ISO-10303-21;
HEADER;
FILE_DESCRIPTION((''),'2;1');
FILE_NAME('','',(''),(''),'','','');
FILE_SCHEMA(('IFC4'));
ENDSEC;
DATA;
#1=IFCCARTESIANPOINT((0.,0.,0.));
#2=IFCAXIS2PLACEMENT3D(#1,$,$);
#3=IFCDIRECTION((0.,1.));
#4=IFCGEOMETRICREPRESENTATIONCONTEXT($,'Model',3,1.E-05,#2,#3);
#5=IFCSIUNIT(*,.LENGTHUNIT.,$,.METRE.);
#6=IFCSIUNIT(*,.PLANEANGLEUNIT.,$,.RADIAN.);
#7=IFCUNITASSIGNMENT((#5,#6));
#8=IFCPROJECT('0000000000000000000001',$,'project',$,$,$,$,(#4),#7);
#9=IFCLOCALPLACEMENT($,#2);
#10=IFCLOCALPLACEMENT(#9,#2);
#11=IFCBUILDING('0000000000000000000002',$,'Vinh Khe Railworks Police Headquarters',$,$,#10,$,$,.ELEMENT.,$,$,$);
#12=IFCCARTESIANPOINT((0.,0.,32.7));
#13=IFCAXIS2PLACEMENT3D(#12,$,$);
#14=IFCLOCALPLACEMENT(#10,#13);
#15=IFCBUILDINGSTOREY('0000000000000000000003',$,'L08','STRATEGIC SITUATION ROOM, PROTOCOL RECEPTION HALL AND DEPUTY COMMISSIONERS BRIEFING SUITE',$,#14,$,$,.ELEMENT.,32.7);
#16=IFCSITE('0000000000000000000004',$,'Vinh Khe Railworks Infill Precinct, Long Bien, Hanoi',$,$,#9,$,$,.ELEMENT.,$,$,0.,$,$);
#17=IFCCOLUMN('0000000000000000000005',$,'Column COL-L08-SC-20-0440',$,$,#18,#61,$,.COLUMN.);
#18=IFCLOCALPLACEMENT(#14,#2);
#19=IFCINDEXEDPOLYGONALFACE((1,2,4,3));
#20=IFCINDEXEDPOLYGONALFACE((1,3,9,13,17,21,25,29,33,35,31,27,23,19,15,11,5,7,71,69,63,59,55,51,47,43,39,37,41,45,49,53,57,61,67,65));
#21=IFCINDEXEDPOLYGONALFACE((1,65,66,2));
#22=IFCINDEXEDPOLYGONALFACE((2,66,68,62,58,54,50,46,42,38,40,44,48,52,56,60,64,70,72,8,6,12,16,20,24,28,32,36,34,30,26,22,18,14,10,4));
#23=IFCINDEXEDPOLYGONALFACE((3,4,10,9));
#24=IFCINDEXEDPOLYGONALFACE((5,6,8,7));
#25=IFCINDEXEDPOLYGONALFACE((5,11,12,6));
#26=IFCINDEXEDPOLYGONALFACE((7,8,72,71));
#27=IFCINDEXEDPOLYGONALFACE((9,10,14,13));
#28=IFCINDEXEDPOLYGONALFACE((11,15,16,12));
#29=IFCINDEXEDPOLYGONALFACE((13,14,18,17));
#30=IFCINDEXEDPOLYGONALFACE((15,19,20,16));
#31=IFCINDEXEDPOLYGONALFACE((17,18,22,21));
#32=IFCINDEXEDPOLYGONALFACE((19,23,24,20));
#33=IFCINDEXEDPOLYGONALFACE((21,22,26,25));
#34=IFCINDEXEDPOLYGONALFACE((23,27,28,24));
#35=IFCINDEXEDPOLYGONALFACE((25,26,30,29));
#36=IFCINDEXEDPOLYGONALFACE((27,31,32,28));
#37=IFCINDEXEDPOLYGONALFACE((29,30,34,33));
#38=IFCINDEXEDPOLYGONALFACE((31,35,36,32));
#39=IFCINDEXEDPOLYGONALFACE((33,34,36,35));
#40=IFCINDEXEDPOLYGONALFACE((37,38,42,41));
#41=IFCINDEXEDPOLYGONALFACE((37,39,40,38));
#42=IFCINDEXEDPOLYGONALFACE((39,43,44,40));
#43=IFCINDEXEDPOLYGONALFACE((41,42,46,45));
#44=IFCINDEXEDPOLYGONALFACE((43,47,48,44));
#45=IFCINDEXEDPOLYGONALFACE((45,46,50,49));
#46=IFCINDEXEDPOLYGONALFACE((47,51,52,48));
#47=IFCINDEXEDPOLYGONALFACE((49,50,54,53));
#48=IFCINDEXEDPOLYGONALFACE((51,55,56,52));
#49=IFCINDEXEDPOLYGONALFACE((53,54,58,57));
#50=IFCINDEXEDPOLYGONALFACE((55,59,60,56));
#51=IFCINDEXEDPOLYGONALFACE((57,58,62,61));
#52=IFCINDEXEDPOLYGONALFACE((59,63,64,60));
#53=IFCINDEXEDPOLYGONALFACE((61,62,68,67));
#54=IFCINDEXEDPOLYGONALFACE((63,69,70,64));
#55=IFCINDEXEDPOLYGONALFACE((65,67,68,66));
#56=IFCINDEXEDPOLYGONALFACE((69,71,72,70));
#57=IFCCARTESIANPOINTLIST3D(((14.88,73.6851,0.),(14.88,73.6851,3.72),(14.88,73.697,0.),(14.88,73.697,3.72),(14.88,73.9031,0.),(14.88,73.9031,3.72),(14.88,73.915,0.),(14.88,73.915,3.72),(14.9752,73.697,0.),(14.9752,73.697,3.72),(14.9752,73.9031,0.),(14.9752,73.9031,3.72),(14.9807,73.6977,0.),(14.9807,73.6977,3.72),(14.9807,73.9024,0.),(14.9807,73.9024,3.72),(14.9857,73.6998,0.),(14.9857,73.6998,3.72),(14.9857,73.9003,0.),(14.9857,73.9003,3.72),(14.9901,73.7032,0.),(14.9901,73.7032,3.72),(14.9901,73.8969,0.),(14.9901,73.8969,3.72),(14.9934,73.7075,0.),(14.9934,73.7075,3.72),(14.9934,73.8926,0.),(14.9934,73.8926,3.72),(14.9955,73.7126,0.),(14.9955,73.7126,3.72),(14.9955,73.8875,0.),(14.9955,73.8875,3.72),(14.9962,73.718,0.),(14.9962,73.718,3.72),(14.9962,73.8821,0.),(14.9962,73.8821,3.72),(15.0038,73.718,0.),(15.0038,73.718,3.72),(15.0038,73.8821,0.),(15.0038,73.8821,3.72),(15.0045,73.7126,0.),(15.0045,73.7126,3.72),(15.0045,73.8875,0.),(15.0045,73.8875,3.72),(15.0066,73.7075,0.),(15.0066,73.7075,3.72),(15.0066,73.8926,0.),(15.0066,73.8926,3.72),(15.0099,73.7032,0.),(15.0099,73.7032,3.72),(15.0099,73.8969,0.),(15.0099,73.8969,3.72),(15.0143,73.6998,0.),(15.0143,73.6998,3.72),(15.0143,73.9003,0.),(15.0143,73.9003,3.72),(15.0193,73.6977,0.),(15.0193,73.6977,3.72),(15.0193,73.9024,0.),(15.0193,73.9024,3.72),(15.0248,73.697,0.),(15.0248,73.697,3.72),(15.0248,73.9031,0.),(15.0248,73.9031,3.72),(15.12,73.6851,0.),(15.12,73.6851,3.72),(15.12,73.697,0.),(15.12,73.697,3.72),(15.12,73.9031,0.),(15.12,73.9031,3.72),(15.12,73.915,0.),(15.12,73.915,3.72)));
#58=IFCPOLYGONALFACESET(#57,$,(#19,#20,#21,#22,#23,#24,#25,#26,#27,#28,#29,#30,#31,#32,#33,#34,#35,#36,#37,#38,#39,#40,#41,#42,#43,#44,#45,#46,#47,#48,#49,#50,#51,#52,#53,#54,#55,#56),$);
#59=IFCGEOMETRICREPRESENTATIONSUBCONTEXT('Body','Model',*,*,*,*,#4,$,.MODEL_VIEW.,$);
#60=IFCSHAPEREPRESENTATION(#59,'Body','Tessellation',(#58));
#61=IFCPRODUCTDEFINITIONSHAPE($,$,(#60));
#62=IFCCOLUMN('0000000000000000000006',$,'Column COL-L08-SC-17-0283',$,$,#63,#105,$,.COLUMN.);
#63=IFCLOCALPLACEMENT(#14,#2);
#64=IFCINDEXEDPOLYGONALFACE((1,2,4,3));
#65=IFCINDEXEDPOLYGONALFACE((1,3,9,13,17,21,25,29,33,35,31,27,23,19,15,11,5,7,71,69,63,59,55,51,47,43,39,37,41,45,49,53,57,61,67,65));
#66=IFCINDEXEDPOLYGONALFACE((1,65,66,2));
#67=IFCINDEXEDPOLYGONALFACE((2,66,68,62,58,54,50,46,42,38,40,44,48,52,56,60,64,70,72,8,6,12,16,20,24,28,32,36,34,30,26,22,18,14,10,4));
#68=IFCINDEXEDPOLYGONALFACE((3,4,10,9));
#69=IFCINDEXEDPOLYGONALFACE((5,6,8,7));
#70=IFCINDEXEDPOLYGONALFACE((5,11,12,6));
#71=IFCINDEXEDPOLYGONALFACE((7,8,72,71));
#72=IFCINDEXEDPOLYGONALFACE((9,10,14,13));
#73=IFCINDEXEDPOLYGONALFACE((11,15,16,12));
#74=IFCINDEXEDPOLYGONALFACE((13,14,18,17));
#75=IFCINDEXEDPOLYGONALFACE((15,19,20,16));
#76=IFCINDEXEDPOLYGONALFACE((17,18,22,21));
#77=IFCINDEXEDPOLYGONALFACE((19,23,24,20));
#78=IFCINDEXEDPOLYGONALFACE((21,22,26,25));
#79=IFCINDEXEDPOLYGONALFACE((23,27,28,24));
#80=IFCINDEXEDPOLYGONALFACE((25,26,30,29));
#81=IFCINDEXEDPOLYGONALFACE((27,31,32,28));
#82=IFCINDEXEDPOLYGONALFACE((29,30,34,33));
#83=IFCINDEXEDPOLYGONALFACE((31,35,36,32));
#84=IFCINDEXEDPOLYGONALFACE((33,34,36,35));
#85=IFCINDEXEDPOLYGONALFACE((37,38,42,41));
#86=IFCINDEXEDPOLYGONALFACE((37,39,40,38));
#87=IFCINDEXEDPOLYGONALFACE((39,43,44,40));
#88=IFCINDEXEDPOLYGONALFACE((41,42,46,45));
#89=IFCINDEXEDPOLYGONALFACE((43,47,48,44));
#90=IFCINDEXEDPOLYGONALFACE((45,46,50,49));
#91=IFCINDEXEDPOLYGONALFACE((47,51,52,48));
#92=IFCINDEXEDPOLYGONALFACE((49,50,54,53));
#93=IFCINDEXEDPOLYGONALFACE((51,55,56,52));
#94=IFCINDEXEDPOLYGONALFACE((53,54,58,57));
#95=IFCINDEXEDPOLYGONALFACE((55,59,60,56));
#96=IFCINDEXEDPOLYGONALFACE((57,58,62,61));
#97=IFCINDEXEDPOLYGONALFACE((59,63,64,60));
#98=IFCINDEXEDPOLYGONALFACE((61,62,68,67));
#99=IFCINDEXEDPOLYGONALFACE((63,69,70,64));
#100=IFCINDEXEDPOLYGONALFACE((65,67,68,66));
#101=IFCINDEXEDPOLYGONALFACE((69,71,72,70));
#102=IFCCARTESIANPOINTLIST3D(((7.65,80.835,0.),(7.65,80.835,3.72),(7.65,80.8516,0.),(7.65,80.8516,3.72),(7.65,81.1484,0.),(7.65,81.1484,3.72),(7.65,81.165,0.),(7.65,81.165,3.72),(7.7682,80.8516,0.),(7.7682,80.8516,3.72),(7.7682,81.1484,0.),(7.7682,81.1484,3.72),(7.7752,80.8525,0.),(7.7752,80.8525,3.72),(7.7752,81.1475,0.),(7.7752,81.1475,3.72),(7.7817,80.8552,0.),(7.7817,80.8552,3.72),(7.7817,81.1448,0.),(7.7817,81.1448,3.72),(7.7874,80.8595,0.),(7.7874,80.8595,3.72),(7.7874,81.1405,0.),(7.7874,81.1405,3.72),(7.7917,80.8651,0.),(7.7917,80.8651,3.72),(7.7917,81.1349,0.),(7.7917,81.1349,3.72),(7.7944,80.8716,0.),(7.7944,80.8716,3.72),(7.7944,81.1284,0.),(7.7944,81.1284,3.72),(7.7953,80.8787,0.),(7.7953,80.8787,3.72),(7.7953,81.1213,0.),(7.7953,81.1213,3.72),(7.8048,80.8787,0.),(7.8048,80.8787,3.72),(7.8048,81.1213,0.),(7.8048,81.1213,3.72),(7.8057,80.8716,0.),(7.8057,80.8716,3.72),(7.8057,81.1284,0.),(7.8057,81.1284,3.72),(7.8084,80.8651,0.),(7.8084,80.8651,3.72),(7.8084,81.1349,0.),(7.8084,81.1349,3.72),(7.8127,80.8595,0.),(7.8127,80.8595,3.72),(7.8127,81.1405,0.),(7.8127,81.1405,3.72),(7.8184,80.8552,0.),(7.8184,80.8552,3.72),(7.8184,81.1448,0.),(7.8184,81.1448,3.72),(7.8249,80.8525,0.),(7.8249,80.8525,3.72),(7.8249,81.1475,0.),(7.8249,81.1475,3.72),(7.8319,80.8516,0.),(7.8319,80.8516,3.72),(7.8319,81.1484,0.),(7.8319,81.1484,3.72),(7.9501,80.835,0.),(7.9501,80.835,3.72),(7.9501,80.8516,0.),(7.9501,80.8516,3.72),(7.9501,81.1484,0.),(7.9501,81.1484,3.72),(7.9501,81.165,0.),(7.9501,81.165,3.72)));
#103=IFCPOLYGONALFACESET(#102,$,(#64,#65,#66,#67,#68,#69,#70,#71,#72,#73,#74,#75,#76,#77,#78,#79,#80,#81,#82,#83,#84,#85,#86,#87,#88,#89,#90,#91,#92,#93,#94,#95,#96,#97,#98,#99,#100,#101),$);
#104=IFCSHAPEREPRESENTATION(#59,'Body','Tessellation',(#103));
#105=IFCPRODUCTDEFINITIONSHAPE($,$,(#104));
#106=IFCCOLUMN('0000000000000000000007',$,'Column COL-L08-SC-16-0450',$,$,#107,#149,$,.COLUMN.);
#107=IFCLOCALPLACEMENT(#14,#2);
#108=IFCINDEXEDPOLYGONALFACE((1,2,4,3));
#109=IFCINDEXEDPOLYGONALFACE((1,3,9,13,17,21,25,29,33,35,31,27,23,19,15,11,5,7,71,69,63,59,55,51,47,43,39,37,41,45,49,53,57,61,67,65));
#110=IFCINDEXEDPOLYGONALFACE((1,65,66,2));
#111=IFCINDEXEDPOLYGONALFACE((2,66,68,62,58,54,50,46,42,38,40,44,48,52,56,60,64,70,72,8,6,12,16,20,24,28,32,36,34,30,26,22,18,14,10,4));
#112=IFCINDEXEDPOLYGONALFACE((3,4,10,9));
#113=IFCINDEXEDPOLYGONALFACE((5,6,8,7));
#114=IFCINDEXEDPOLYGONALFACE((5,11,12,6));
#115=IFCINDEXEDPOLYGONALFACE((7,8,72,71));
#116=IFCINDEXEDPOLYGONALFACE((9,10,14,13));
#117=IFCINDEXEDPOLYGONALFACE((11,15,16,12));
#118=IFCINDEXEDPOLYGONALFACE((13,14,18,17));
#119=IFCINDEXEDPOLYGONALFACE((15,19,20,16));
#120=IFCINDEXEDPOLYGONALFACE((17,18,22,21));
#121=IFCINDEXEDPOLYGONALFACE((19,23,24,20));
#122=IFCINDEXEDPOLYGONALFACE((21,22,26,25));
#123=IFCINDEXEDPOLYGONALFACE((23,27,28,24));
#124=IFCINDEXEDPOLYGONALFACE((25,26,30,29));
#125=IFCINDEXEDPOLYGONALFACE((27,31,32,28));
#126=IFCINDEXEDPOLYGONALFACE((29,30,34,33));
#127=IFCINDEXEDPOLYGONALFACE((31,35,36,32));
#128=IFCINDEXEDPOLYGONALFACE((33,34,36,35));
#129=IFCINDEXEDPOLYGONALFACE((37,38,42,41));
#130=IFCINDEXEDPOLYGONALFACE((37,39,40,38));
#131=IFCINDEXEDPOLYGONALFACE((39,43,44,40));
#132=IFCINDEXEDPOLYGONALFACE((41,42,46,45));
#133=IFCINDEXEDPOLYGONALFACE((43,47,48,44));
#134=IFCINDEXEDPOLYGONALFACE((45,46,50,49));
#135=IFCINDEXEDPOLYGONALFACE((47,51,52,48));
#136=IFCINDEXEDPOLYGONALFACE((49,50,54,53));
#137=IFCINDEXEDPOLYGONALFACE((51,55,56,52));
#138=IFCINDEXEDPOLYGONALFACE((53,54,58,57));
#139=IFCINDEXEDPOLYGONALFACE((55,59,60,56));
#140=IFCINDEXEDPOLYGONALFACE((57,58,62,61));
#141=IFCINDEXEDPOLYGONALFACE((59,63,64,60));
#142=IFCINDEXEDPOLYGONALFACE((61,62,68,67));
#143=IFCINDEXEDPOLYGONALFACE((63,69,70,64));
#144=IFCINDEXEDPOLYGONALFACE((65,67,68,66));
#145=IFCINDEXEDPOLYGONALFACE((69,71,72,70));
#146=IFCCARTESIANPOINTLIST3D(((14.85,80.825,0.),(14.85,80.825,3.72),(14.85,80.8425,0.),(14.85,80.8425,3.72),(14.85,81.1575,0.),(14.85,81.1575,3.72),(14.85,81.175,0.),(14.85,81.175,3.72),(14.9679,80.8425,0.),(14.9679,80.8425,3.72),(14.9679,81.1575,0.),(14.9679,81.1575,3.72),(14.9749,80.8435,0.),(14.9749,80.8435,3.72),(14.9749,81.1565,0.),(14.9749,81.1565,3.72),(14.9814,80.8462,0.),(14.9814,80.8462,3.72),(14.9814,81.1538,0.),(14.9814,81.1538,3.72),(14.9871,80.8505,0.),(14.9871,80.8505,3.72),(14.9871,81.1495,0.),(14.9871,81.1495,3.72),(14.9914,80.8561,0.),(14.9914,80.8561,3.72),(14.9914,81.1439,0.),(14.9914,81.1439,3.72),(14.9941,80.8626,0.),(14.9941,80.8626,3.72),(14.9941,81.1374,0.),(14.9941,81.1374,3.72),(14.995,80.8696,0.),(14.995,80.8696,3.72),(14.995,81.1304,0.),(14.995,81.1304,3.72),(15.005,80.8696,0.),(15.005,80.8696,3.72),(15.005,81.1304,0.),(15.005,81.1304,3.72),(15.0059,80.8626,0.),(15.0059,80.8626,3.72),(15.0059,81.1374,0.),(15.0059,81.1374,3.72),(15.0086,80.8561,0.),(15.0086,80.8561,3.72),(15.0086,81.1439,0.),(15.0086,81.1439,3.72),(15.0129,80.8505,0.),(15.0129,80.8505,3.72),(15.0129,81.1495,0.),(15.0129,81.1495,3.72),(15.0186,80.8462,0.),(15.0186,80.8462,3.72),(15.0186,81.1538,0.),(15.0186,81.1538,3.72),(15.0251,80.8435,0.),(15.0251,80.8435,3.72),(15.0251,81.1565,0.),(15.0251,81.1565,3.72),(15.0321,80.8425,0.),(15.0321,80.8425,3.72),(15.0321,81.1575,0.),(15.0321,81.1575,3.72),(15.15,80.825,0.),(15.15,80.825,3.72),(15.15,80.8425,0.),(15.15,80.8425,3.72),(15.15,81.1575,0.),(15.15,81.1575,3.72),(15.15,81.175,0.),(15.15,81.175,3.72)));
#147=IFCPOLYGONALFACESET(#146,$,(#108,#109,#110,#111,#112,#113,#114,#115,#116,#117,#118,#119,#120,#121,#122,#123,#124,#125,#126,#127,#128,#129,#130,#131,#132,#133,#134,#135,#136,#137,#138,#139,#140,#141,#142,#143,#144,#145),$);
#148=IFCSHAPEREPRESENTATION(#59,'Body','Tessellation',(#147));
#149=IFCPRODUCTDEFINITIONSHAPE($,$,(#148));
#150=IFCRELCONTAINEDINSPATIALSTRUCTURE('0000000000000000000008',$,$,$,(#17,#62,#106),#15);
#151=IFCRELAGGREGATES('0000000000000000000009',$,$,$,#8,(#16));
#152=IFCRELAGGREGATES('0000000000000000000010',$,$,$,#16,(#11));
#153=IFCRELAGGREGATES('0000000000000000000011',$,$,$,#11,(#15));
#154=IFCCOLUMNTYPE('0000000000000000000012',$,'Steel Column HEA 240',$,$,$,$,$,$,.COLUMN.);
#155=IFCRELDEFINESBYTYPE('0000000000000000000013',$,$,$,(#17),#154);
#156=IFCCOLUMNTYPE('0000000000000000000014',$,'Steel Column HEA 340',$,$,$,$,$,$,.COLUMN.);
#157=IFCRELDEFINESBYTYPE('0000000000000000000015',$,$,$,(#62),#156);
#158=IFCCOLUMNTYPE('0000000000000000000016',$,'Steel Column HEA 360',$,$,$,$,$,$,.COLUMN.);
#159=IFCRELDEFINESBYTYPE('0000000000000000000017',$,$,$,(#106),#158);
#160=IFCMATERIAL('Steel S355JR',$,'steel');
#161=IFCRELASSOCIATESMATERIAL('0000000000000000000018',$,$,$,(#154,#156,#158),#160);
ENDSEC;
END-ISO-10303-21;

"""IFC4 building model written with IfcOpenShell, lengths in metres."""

from ifc_helpers import new_model, si_unit, direction, frame, origin, origin_2d, place, context, subcontext, project, spatial, i_section, extrude, material, material_profile, profile_set, type_object, element, save


model = new_model("IFC4")

# Units and contexts
model_context = context("Model", 3, precision=1e-05, world=origin(), true_north=direction((0.0, 1.0)))
body_context = subcontext(model_context, "Body", "Model", "MODEL_VIEW")
ifc_project = project(units=[si_unit("LENGTHUNIT", "METRE"), si_unit("PLANEANGLEUNIT", "RADIAN")], contexts=[model_context])

# Site, building, storey
site_placement = place(None, origin())
site = spatial("IfcSite", under=ifc_project, at=site_placement, Name="Vinh Khe Railworks Infill Precinct, Long Bien, Hanoi", CompositionType="ELEMENT", RefElevation=0.0)
building_placement = place(site_placement, origin())
building = spatial("IfcBuilding", under=site, at=building_placement, Name="Vinh Khe Railworks Police Headquarters", CompositionType="ELEMENT")
storey_placement = place(building_placement, frame((0.0, 0.0, 32.7)))
storey = spatial("IfcBuildingStorey", under=building, at=storey_placement, Name="L08", Description="STRATEGIC SITUATION ROOM, PROTOCOL RECEPTION HALL AND DEPUTY COMMISSIONERS BRIEFING SUITE", CompositionType="ELEMENT", Elevation=32.7)

# Columns
ifc_material_1 = material(Name="Steel S355JR", Category="steel")
ifc_material_profile_1 = material_profile(ifc_material_1, i_section(OverallWidth=0.24, OverallDepth=0.23, WebThickness=0.0076, FlangeThickness=0.012, FilletRadius=0.021, at=origin_2d()), Name="HEA 240")
ifc_profile_set_1 = profile_set([ifc_material_profile_1], Name="Steel S355JR")
column_type_1 = type_object("IfcColumnType", Name="Steel Column HEA 240", PredefinedType="COLUMN", material=ifc_profile_set_1)
column_1_placement = place(storey_placement, frame((15.0, 73.8, 0.0), z_axis=(0.0, 0.0, 1.0), x_axis=(1.0, 0.0, 0.0)))
element("IfcColumn", 1, at=column_1_placement, inside=storey, type_object=column_type_1, Name="Column COL-L08-SC-20-0440", PredefinedType="COLUMN", context=body_context, shape_type="SweptSolid", body=[
    extrude(i_section(OverallWidth=0.24, OverallDepth=0.23, WebThickness=0.0076, FlangeThickness=0.012, FilletRadius=0.021, at=origin_2d()), origin(), (0.0, 0.0, 1.0), 3.72),
])
ifc_material_profile_2 = material_profile(ifc_material_1, i_section(OverallWidth=0.3, OverallDepth=0.3301, WebThickness=0.0095, FlangeThickness=0.0166, FilletRadius=0.0271, at=origin_2d()), Name="HEA 340")
ifc_profile_set_2 = profile_set([ifc_material_profile_2], Name="Steel S355JR")
column_type_2 = type_object("IfcColumnType", Name="Steel Column HEA 340", PredefinedType="COLUMN", material=ifc_profile_set_2)
column_2_placement = place(storey_placement, frame((7.8, 81.0, 0.0), z_axis=(0.0, 0.0, 1.0), x_axis=(1.0, 0.0, 0.0)))
element("IfcColumn", 2, at=column_2_placement, inside=storey, type_object=column_type_2, Name="Column COL-L08-SC-17-0283", PredefinedType="COLUMN", context=body_context, shape_type="SweptSolid", body=[
    extrude(i_section(OverallWidth=0.3, OverallDepth=0.3301, WebThickness=0.0095, FlangeThickness=0.0166, FilletRadius=0.0271, at=origin_2d()), origin(), (0.0, 0.0, 1.0), 3.72),
])
ifc_material_profile_3 = material_profile(ifc_material_1, i_section(OverallWidth=0.3, OverallDepth=0.3501, WebThickness=0.01, FlangeThickness=0.0176, FilletRadius=0.0271, at=origin_2d()), Name="HEA 360")
ifc_profile_set_3 = profile_set([ifc_material_profile_3], Name="Steel S355JR")
column_type_3 = type_object("IfcColumnType", Name="Steel Column HEA 360", PredefinedType="COLUMN", material=ifc_profile_set_3)
column_3_placement = place(storey_placement, frame((15.0, 81.0, 0.0), z_axis=(0.0, 0.0, 1.0), x_axis=(1.0, 0.0, 0.0)))
element("IfcColumn", 3, at=column_3_placement, inside=storey, type_object=column_type_3, Name="Column COL-L08-SC-16-0450", PredefinedType="COLUMN", context=body_context, shape_type="SweptSolid", body=[
    extrude(i_section(OverallWidth=0.3, OverallDepth=0.3501, WebThickness=0.01, FlangeThickness=0.0176, FilletRadius=0.0271, at=origin_2d()), origin(), (0.0, 0.0, 1.0), 3.72),
])

save(model, "model.ifc")
